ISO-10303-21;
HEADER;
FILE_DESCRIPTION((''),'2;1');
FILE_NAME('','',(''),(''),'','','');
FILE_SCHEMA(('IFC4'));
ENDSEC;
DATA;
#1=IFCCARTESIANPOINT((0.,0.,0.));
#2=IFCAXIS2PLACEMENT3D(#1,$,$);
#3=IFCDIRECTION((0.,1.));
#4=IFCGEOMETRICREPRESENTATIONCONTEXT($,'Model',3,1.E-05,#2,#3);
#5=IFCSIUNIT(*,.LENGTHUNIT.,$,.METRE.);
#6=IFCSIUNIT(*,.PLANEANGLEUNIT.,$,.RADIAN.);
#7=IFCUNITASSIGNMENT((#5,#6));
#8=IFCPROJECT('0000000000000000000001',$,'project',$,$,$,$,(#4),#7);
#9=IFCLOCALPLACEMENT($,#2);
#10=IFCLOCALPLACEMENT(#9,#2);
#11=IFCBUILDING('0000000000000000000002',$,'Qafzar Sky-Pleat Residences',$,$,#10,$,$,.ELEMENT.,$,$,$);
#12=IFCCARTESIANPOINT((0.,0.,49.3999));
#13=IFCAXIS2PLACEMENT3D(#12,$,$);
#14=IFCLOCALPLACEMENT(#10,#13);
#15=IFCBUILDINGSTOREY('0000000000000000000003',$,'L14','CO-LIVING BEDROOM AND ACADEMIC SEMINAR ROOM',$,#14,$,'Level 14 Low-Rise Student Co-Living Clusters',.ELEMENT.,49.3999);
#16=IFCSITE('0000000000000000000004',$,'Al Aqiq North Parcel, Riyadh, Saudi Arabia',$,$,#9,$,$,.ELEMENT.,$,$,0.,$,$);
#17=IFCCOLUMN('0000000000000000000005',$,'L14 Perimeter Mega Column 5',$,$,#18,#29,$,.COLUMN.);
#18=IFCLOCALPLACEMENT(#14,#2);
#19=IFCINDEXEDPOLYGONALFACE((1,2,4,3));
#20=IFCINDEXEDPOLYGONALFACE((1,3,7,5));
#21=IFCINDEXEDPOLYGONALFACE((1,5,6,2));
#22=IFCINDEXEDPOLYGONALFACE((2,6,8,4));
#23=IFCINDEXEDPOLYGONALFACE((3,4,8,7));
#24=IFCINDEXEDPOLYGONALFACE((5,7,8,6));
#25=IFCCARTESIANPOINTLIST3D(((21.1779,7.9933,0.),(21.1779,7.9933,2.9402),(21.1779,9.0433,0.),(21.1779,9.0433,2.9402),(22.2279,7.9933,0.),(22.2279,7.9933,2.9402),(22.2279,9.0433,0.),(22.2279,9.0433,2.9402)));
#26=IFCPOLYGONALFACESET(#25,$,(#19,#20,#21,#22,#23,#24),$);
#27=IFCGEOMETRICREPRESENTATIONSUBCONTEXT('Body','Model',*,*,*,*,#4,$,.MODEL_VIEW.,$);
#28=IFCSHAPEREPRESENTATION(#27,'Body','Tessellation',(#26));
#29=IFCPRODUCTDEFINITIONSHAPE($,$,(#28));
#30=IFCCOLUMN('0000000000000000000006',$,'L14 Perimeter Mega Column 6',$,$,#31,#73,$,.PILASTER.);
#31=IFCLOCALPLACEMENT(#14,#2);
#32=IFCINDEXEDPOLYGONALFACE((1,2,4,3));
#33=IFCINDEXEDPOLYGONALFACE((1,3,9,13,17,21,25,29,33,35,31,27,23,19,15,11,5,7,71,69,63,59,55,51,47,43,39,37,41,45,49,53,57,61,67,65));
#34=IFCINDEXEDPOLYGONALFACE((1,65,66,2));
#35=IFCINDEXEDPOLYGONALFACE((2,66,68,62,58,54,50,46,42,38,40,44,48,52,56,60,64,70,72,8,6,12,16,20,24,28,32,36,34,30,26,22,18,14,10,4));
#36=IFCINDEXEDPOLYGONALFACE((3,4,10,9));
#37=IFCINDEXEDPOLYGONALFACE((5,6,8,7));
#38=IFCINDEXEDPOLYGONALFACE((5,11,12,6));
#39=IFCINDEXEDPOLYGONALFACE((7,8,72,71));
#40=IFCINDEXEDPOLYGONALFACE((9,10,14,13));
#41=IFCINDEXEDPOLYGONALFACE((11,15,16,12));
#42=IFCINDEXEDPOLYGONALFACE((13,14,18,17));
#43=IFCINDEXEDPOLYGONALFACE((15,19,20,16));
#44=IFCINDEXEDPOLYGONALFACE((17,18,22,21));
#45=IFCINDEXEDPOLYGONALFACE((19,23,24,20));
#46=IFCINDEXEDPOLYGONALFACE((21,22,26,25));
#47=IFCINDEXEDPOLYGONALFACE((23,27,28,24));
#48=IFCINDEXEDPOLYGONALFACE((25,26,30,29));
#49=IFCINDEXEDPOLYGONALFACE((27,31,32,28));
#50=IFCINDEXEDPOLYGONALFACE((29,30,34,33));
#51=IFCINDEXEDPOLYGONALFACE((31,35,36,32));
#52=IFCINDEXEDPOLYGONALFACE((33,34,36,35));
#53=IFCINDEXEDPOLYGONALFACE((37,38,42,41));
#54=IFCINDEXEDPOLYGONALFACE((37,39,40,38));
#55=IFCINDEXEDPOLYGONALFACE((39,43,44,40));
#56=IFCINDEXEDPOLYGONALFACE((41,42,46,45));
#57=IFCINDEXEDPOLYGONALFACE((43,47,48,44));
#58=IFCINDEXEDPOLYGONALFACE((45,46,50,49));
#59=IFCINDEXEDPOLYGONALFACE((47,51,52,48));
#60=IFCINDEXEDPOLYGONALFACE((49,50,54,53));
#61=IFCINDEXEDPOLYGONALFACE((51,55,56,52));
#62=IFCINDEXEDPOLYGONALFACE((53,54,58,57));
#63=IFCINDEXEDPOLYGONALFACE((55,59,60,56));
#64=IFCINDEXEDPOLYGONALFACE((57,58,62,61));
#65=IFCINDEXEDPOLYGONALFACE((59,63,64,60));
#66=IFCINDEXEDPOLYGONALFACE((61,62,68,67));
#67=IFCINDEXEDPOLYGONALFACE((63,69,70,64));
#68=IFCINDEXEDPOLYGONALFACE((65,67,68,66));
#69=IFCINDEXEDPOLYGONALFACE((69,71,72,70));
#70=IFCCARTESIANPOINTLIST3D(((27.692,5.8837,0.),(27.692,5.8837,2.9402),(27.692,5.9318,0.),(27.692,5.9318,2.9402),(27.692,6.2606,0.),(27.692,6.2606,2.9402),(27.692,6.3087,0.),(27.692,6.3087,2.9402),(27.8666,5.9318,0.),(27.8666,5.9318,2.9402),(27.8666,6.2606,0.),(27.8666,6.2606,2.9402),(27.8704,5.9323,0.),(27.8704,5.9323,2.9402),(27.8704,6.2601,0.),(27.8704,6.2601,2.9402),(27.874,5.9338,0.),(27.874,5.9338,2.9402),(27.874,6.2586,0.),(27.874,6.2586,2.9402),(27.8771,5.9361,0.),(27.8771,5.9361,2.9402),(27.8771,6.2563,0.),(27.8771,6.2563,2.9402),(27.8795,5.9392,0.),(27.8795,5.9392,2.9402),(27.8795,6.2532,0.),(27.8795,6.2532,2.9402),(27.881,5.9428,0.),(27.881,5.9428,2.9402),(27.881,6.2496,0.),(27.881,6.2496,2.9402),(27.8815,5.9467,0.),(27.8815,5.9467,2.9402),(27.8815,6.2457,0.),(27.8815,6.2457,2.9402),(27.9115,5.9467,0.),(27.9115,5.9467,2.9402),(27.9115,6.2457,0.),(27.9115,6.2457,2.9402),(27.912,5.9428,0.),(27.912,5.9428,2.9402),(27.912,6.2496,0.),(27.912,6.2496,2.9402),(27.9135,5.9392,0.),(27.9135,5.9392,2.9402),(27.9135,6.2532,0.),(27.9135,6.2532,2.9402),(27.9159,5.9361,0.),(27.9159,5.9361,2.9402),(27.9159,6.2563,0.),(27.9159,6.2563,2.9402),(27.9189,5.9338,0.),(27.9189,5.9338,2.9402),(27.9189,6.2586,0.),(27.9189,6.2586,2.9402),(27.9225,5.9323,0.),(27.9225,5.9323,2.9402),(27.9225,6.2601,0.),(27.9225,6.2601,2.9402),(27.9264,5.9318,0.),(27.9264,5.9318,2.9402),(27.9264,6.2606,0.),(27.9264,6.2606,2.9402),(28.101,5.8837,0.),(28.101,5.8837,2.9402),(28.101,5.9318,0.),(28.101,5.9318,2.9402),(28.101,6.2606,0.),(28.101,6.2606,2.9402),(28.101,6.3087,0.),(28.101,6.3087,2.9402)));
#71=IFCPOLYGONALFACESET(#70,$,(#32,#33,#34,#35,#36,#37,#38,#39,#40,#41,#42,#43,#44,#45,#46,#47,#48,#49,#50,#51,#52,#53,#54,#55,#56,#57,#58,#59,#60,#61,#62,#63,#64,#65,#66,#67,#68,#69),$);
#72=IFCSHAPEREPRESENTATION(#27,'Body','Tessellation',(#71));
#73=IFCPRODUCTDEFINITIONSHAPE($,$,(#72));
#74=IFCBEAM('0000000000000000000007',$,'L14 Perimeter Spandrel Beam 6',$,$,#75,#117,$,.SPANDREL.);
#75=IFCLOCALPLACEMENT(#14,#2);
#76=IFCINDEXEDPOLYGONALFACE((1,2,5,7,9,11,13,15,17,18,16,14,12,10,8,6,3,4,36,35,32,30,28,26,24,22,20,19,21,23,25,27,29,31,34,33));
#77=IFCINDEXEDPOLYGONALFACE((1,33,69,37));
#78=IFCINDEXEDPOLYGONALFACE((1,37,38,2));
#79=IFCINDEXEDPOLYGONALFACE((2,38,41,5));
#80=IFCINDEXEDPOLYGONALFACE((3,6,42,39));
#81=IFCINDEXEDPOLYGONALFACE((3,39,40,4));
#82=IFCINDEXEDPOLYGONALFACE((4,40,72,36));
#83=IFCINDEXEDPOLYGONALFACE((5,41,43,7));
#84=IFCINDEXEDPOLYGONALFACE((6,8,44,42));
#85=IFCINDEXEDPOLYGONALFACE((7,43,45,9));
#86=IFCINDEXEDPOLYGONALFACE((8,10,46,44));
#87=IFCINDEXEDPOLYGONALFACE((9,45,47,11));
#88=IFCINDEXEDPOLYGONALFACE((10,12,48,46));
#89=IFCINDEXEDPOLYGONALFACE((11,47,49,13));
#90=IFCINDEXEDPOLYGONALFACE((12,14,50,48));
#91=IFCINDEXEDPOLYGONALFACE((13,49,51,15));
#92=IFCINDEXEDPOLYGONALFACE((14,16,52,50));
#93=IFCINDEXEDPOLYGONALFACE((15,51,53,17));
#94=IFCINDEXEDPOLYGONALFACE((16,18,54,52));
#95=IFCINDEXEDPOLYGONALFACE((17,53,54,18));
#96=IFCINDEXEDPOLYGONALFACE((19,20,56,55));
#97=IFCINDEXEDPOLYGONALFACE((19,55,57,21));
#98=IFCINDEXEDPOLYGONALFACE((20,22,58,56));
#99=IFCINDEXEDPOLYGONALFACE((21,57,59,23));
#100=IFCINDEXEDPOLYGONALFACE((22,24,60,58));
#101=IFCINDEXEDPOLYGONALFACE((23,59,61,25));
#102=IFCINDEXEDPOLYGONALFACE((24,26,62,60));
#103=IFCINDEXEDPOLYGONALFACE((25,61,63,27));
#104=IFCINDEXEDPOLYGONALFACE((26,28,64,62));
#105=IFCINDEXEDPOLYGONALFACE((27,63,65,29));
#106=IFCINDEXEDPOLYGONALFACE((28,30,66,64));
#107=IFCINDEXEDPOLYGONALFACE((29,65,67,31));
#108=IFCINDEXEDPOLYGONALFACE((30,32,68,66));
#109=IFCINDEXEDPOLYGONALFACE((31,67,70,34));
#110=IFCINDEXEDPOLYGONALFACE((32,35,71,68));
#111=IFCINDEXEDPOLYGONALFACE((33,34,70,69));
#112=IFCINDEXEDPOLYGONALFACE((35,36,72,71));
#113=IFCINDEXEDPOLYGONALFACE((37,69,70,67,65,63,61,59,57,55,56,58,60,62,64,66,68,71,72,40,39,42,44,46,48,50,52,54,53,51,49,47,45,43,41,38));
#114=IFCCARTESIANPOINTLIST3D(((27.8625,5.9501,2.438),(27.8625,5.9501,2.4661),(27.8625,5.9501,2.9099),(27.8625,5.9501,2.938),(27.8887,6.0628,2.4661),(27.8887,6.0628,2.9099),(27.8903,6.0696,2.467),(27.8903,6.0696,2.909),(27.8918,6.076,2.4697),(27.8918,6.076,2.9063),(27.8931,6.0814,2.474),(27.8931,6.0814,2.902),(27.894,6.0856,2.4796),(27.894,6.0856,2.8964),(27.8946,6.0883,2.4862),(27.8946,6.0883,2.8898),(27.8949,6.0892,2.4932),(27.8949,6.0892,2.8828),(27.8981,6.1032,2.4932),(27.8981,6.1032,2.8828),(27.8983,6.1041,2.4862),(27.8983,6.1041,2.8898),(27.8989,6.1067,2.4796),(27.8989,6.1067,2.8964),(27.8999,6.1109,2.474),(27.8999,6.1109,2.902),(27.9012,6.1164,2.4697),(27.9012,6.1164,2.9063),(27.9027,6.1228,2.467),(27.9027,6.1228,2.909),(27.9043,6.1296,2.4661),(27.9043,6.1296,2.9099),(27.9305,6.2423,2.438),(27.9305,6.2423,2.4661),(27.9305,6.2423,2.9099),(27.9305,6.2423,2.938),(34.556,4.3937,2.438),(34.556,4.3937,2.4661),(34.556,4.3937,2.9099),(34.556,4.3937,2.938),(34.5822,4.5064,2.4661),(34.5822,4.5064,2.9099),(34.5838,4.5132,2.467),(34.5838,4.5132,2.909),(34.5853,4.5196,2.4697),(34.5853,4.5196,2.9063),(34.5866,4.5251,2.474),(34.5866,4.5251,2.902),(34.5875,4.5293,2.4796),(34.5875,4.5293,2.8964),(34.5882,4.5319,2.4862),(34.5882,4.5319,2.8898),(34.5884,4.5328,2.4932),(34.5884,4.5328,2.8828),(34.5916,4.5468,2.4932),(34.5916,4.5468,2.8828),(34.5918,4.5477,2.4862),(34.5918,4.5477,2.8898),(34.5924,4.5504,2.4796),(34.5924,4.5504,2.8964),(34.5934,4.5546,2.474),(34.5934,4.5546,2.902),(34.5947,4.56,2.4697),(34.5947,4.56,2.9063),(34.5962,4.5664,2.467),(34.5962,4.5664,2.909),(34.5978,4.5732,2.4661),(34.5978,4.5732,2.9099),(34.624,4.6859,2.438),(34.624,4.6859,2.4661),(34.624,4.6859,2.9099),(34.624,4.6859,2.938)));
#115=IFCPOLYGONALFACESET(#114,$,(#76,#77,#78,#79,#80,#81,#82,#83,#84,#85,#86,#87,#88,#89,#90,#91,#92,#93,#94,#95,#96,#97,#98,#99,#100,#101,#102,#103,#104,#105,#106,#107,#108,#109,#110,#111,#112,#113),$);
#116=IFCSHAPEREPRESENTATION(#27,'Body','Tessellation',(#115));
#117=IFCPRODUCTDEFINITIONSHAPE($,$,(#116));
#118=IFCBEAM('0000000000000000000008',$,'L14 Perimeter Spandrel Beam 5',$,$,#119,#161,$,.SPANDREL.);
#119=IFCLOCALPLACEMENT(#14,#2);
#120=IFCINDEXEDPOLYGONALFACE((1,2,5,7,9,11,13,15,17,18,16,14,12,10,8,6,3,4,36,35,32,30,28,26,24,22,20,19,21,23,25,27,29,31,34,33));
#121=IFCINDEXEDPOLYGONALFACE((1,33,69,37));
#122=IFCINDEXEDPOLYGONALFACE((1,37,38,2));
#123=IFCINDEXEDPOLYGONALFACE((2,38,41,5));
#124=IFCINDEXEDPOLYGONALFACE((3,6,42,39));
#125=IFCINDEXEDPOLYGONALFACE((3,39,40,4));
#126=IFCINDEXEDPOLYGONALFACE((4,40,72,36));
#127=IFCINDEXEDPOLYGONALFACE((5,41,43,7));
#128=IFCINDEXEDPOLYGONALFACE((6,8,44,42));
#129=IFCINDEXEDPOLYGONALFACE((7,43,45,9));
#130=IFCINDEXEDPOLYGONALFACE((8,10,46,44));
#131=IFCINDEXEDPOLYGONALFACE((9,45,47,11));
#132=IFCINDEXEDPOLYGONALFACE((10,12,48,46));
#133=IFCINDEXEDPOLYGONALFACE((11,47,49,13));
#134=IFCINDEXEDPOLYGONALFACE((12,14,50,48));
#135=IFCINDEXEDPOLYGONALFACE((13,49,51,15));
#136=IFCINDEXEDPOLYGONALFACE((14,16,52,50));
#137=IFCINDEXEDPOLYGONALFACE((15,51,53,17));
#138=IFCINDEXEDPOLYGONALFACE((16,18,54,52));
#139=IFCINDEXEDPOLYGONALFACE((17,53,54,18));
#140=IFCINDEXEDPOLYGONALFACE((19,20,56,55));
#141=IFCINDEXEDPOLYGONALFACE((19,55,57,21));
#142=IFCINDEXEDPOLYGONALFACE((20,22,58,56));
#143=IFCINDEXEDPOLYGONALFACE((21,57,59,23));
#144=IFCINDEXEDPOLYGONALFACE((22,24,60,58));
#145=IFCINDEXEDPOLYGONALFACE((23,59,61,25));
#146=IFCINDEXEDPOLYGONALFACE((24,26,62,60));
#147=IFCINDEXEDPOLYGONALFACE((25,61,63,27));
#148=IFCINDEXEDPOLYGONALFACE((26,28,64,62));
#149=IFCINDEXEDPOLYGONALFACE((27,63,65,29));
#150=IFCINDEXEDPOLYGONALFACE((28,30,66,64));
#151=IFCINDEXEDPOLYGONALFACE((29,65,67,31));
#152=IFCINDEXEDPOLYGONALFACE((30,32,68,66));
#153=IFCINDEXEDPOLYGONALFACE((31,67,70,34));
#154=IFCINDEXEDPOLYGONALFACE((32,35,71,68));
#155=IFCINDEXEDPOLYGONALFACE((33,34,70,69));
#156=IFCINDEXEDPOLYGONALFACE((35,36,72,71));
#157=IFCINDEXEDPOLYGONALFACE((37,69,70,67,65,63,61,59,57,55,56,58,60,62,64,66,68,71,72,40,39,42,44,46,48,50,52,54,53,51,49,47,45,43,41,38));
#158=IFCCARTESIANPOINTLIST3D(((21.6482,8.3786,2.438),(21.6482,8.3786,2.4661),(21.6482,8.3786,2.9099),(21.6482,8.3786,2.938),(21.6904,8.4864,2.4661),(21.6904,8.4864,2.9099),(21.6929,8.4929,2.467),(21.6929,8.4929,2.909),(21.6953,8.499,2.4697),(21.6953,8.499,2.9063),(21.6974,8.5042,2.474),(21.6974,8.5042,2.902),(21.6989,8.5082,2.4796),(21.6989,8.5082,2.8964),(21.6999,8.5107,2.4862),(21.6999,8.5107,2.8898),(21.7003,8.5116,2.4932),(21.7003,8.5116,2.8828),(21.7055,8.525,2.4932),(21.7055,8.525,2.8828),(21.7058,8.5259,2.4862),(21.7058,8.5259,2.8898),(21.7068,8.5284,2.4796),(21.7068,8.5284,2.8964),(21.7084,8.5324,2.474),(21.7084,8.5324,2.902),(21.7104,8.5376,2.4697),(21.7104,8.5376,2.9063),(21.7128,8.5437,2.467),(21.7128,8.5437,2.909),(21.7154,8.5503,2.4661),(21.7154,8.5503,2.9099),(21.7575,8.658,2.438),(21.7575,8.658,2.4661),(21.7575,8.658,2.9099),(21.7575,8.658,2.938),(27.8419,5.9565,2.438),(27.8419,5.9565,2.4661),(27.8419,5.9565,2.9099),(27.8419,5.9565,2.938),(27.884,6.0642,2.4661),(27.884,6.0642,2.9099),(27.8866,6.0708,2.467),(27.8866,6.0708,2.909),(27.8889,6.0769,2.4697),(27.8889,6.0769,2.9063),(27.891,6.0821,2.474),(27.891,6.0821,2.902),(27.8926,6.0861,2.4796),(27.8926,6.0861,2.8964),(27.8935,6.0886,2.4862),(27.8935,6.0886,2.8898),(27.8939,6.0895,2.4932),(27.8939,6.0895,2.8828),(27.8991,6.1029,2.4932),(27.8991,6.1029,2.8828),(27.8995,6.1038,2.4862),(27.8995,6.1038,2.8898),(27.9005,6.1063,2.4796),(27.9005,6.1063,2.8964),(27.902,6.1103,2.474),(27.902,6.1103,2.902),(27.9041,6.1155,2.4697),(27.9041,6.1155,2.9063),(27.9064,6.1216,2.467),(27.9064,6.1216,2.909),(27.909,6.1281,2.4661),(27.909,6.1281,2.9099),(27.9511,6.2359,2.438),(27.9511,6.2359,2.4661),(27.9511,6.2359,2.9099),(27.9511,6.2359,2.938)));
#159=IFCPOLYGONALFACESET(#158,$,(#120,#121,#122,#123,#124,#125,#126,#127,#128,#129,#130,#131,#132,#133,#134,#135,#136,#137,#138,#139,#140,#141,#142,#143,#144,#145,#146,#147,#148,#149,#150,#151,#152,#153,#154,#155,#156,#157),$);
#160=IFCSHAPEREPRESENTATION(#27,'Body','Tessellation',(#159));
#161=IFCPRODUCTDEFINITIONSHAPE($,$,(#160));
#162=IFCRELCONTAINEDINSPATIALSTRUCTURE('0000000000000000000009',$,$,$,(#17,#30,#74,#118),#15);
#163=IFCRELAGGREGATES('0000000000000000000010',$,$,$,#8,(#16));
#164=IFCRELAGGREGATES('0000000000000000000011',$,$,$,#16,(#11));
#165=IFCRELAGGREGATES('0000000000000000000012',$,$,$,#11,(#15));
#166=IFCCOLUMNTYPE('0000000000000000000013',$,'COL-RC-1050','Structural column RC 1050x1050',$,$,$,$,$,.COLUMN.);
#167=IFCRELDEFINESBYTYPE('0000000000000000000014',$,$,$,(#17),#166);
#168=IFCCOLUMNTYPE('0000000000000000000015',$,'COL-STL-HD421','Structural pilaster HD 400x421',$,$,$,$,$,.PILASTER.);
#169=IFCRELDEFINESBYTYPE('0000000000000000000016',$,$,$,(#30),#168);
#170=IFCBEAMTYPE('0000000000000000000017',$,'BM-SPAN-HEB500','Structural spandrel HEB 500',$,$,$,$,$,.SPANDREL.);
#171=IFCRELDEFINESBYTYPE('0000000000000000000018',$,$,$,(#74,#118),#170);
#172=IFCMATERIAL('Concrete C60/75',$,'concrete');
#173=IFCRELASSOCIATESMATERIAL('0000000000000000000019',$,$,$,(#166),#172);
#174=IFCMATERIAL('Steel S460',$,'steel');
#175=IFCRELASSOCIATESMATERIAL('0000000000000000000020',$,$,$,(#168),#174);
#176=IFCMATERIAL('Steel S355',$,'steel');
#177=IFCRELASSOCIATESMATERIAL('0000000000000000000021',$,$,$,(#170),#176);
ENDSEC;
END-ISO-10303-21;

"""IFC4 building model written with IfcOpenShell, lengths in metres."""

from ifc_helpers import new_model, si_unit, direction, frame, origin, origin_2d, place, context, subcontext, project, spatial, rectangle, i_section, extrude, source, transform, mapped, material, material_profile, profile_set, type_object, element, save


model = new_model("IFC4")

# Units and contexts
model_context = context("Model", 3, precision=1e-05, world=origin(), true_north=direction((0.0, 1.0)))
body_context = subcontext(model_context, "Body", "Model", "MODEL_VIEW")
ifc_project = project(units=[si_unit("LENGTHUNIT", "METRE"), si_unit("PLANEANGLEUNIT", "RADIAN")], contexts=[model_context])

# Site, building, storey
site_placement = place(None, origin())
site = spatial("IfcSite", under=ifc_project, at=site_placement, Name="Al Aqiq North Parcel, Riyadh, Saudi Arabia", CompositionType="ELEMENT", RefElevation=0.0)
building_placement = place(site_placement, origin())
building = spatial("IfcBuilding", under=site, at=building_placement, Name="Qafzar Sky-Pleat Residences", CompositionType="ELEMENT")
storey_placement = place(building_placement, frame((0.0, 0.0, 49.3999)))
storey = spatial("IfcBuildingStorey", under=building, at=storey_placement, Name="L14", Description="CO-LIVING BEDROOM AND ACADEMIC SEMINAR ROOM", LongName="Level 14 Low-Rise Student Co-Living Clusters", CompositionType="ELEMENT", Elevation=49.3999)

# Columns
ifc_material_1 = material(Name="Concrete C60/75", Category="concrete")
ifc_material_profile_1 = material_profile(ifc_material_1, rectangle(XDim=1.05, YDim=1.05, at=origin_2d()), Name="RC 1050x1050")
ifc_profile_set_1 = profile_set([ifc_material_profile_1], Name="Concrete C60/75")
column_type_1 = type_object("IfcColumnType", Name="COL-RC-1050", Description="Structural column RC 1050x1050", PredefinedType="COLUMN", material=ifc_profile_set_1)
shared_shape_1 = source(origin(), body_context, "Body", "SweptSolid", [
    extrude(rectangle(XDim=1.05, YDim=1.05, at=origin_2d()), origin(), (0.0, 0.0, 1.0), 2.9402),
])
column_1_placement = place(storey_placement, frame((21.7029, 8.5183, 0.0), z_axis=(0.0, 0.0, 1.0), x_axis=(1.0, 0.0, 0.0)))
element("IfcColumn", 1, at=column_1_placement, inside=storey, type_object=column_type_1, Name="L14 Perimeter Mega Column 5", PredefinedType="COLUMN", context=body_context, shape_type="MappedRepresentation", body=[
    mapped(shared_shape_1, transform((0.0, 0.0, 0.0), x_axis=(1.0, 0.0, 0.0), y_axis=(0.0, 1.0, 0.0), z_axis=(0.0, 0.0, 1.0), scale=1.0)),
])
ifc_material_2 = material(Name="Steel S460", Category="steel")
ifc_material_profile_2 = material_profile(ifc_material_2, i_section(OverallWidth=0.4089, OverallDepth=0.425, WebThickness=0.03, FlangeThickness=0.0481, FilletRadius=0.0149, at=origin_2d()), Name="HD 400x421")
ifc_profile_set_2 = profile_set([ifc_material_profile_2], Name="Steel S460")
column_type_2 = type_object("IfcColumnType", Name="COL-STL-HD421", Description="Structural pilaster HD 400x421", PredefinedType="PILASTER", material=ifc_profile_set_2)
shared_shape_2 = source(origin(), body_context, "Body", "SweptSolid", [
    extrude(i_section(OverallWidth=0.4089, OverallDepth=0.425, WebThickness=0.03, FlangeThickness=0.0481, FilletRadius=0.0149, at=origin_2d()), origin(), (0.0, 0.0, 1.0), 2.9402),
])
column_2_placement = place(storey_placement, frame((27.8965, 6.0962, 0.0), z_axis=(0.0, 0.0, 1.0), x_axis=(1.0, 0.0, 0.0)))
element("IfcColumn", 2, at=column_2_placement, inside=storey, type_object=column_type_2, Name="L14 Perimeter Mega Column 6", PredefinedType="PILASTER", context=body_context, shape_type="MappedRepresentation", body=[
    mapped(shared_shape_2, transform((0.0, 0.0, 0.0), x_axis=(1.0, 0.0, 0.0), y_axis=(0.0, 1.0, 0.0), z_axis=(0.0, 0.0, 1.0), scale=1.0)),
])

# Beams
ifc_material_3 = material(Name="Steel S355", Category="steel")
ifc_material_profile_3 = material_profile(ifc_material_3, i_section(OverallWidth=0.3, OverallDepth=0.5, WebThickness=0.0144, FlangeThickness=0.0281, FilletRadius=0.0271, at=origin_2d()), Name="HEB 500")
ifc_profile_set_3 = profile_set([ifc_material_profile_3], Name="Steel S355")
beam_type_1 = type_object("IfcBeamType", Name="BM-SPAN-HEB500", Description="Structural spandrel HEB 500", PredefinedType="SPANDREL", material=ifc_profile_set_3)
shared_shape_3 = source(origin(), body_context, "Body", "SweptSolid", [
    extrude(i_section(OverallWidth=0.3, OverallDepth=0.5, WebThickness=0.0144, FlangeThickness=0.0281, FilletRadius=0.0271, at=origin_2d()), origin(), (0.0, 0.0, 1.0), 6.8721),
])
beam_1_placement = place(storey_placement, frame((27.8965, 6.0962, 2.688), z_axis=(0.974016, -0.226478, 0.0), x_axis=(0.226478, 0.974016, 0.0)))
element("IfcBeam", 3, at=beam_1_placement, inside=storey, type_object=beam_type_1, Name="L14 Perimeter Spandrel Beam 6", PredefinedType="SPANDREL", context=body_context, shape_type="MappedRepresentation", body=[
    mapped(shared_shape_3, transform((0.0, 0.0, 0.0), x_axis=(1.0, 0.0, 0.0), y_axis=(0.0, 1.0, 0.0), z_axis=(0.0, 0.0, 1.0), scale=1.0)),
])
shared_shape_4 = source(origin(), body_context, "Body", "SweptSolid", [
    extrude(i_section(OverallWidth=0.3, OverallDepth=0.5, WebThickness=0.0144, FlangeThickness=0.0281, FilletRadius=0.0271, at=origin_2d()), origin(), (0.0, 0.0, 1.0), 6.6504),
])
beam_2_placement = place(storey_placement, frame((21.7029, 8.5183, 2.688), z_axis=(0.931318, -0.364208, 0.0), x_axis=(0.364208, 0.931318, 0.0)))
element("IfcBeam", 4, at=beam_2_placement, inside=storey, type_object=beam_type_1, Name="L14 Perimeter Spandrel Beam 5", PredefinedType="SPANDREL", context=body_context, shape_type="MappedRepresentation", body=[
    mapped(shared_shape_4, transform((0.0, 0.0, 0.0), x_axis=(1.0, 0.0, 0.0), y_axis=(0.0, 1.0, 0.0), z_axis=(0.0, 0.0, 1.0), scale=1.0)),
])

save(model, "model.ifc")
